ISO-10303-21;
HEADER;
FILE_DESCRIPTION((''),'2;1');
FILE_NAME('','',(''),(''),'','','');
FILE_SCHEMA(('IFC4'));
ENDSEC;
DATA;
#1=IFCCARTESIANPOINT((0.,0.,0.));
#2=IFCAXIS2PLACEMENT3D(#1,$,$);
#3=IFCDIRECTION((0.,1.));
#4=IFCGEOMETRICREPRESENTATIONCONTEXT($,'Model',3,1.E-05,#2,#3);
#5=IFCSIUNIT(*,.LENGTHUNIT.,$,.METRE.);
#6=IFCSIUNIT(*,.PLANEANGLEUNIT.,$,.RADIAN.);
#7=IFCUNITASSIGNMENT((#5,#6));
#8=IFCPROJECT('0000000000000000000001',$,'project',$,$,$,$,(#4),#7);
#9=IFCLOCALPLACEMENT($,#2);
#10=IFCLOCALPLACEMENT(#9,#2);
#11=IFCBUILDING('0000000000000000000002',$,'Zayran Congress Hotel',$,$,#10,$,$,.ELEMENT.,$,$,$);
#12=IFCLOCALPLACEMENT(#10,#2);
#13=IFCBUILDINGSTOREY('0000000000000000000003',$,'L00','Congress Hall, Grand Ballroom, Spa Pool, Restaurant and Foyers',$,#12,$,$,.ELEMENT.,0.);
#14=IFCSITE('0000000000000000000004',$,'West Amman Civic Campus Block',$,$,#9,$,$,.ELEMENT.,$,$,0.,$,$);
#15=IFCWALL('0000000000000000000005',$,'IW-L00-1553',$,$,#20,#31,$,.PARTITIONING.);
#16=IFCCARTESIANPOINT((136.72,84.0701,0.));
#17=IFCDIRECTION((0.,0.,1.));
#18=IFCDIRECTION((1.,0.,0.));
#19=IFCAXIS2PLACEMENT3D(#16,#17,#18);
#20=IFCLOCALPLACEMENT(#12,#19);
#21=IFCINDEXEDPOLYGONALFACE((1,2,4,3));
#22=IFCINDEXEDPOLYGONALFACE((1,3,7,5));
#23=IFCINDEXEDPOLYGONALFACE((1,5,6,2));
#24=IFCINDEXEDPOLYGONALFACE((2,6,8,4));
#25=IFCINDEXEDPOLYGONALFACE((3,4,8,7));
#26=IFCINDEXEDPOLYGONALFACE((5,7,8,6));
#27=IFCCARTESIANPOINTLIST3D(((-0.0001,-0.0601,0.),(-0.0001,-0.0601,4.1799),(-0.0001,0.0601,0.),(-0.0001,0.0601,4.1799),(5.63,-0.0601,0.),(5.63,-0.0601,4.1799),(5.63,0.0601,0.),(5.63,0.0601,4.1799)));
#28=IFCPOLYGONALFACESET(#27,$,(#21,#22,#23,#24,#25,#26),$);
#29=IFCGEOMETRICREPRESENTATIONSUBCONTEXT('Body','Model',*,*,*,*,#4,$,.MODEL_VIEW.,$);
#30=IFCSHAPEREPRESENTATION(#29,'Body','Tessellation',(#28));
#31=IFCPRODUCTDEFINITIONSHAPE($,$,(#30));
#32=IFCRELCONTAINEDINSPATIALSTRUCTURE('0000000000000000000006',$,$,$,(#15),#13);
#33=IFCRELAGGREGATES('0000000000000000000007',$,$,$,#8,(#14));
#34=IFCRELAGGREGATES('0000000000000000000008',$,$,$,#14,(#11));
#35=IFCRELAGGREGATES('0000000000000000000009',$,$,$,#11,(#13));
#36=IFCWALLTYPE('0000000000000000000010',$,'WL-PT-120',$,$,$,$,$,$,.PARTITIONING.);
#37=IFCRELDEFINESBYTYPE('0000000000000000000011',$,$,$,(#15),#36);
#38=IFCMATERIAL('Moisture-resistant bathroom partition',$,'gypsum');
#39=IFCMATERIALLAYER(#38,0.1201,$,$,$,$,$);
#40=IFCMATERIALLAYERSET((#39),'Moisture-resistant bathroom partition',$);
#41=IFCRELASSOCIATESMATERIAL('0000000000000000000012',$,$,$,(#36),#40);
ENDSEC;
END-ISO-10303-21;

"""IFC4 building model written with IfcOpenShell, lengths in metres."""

from ifc_helpers import new_model, si_unit, direction, frame, frame_2d, origin, place, context, subcontext, project, spatial, rectangle, extrude, material, layer, layer_set, type_object, element, save


model = new_model("IFC4")

# Units and contexts
model_context = context("Model", 3, precision=1e-05, world=origin(), true_north=direction((0.0, 1.0)))
body_context = subcontext(model_context, "Body", "Model", "MODEL_VIEW")
ifc_project = project(units=[si_unit("LENGTHUNIT", "METRE"), si_unit("PLANEANGLEUNIT", "RADIAN")], contexts=[model_context])

# Site, building, storey
site_placement = place(None, origin())
site = spatial("IfcSite", under=ifc_project, at=site_placement, Name="West Amman Civic Campus Block", CompositionType="ELEMENT", RefElevation=0.0)
building_placement = place(site_placement, origin())
building = spatial("IfcBuilding", under=site, at=building_placement, Name="Zayran Congress Hotel", CompositionType="ELEMENT")
storey_placement = place(building_placement, origin())
storey = spatial("IfcBuildingStorey", under=building, at=storey_placement, Name="L00", Description="Congress Hall, Grand Ballroom, Spa Pool, Restaurant and Foyers", CompositionType="ELEMENT", Elevation=0.0)

# Shared definitions
ifc_material_1 = material(Name="Moisture-resistant bathroom partition", Category="gypsum")
ifc_layer_1 = layer(ifc_material_1, 0.1201)
ifc_layer_set_1 = layer_set([ifc_layer_1], Name="Moisture-resistant bathroom partition")
wall_type_1 = type_object("IfcWallType", Name="WL-PT-120", PredefinedType="PARTITIONING", material=ifc_layer_set_1)

# Wall
wall_1_placement = place(storey_placement, frame((136.72, 84.0701, 0.0), z_axis=(0.0, 0.0, 1.0), x_axis=(1.0, 0.0, 0.0)))
element("IfcWall", 1, at=wall_1_placement, inside=storey, type_object=wall_type_1, Name="IW-L00-1553", PredefinedType="PARTITIONING", context=body_context, shape_type="SweptSolid", body=[
    extrude(rectangle(XDim=5.6301, YDim=0.1201, at=frame_2d((2.8149, 0.0))), origin(), (0.0, 0.0, 1.0), 4.1799),
])

save(model, "model.ifc")
